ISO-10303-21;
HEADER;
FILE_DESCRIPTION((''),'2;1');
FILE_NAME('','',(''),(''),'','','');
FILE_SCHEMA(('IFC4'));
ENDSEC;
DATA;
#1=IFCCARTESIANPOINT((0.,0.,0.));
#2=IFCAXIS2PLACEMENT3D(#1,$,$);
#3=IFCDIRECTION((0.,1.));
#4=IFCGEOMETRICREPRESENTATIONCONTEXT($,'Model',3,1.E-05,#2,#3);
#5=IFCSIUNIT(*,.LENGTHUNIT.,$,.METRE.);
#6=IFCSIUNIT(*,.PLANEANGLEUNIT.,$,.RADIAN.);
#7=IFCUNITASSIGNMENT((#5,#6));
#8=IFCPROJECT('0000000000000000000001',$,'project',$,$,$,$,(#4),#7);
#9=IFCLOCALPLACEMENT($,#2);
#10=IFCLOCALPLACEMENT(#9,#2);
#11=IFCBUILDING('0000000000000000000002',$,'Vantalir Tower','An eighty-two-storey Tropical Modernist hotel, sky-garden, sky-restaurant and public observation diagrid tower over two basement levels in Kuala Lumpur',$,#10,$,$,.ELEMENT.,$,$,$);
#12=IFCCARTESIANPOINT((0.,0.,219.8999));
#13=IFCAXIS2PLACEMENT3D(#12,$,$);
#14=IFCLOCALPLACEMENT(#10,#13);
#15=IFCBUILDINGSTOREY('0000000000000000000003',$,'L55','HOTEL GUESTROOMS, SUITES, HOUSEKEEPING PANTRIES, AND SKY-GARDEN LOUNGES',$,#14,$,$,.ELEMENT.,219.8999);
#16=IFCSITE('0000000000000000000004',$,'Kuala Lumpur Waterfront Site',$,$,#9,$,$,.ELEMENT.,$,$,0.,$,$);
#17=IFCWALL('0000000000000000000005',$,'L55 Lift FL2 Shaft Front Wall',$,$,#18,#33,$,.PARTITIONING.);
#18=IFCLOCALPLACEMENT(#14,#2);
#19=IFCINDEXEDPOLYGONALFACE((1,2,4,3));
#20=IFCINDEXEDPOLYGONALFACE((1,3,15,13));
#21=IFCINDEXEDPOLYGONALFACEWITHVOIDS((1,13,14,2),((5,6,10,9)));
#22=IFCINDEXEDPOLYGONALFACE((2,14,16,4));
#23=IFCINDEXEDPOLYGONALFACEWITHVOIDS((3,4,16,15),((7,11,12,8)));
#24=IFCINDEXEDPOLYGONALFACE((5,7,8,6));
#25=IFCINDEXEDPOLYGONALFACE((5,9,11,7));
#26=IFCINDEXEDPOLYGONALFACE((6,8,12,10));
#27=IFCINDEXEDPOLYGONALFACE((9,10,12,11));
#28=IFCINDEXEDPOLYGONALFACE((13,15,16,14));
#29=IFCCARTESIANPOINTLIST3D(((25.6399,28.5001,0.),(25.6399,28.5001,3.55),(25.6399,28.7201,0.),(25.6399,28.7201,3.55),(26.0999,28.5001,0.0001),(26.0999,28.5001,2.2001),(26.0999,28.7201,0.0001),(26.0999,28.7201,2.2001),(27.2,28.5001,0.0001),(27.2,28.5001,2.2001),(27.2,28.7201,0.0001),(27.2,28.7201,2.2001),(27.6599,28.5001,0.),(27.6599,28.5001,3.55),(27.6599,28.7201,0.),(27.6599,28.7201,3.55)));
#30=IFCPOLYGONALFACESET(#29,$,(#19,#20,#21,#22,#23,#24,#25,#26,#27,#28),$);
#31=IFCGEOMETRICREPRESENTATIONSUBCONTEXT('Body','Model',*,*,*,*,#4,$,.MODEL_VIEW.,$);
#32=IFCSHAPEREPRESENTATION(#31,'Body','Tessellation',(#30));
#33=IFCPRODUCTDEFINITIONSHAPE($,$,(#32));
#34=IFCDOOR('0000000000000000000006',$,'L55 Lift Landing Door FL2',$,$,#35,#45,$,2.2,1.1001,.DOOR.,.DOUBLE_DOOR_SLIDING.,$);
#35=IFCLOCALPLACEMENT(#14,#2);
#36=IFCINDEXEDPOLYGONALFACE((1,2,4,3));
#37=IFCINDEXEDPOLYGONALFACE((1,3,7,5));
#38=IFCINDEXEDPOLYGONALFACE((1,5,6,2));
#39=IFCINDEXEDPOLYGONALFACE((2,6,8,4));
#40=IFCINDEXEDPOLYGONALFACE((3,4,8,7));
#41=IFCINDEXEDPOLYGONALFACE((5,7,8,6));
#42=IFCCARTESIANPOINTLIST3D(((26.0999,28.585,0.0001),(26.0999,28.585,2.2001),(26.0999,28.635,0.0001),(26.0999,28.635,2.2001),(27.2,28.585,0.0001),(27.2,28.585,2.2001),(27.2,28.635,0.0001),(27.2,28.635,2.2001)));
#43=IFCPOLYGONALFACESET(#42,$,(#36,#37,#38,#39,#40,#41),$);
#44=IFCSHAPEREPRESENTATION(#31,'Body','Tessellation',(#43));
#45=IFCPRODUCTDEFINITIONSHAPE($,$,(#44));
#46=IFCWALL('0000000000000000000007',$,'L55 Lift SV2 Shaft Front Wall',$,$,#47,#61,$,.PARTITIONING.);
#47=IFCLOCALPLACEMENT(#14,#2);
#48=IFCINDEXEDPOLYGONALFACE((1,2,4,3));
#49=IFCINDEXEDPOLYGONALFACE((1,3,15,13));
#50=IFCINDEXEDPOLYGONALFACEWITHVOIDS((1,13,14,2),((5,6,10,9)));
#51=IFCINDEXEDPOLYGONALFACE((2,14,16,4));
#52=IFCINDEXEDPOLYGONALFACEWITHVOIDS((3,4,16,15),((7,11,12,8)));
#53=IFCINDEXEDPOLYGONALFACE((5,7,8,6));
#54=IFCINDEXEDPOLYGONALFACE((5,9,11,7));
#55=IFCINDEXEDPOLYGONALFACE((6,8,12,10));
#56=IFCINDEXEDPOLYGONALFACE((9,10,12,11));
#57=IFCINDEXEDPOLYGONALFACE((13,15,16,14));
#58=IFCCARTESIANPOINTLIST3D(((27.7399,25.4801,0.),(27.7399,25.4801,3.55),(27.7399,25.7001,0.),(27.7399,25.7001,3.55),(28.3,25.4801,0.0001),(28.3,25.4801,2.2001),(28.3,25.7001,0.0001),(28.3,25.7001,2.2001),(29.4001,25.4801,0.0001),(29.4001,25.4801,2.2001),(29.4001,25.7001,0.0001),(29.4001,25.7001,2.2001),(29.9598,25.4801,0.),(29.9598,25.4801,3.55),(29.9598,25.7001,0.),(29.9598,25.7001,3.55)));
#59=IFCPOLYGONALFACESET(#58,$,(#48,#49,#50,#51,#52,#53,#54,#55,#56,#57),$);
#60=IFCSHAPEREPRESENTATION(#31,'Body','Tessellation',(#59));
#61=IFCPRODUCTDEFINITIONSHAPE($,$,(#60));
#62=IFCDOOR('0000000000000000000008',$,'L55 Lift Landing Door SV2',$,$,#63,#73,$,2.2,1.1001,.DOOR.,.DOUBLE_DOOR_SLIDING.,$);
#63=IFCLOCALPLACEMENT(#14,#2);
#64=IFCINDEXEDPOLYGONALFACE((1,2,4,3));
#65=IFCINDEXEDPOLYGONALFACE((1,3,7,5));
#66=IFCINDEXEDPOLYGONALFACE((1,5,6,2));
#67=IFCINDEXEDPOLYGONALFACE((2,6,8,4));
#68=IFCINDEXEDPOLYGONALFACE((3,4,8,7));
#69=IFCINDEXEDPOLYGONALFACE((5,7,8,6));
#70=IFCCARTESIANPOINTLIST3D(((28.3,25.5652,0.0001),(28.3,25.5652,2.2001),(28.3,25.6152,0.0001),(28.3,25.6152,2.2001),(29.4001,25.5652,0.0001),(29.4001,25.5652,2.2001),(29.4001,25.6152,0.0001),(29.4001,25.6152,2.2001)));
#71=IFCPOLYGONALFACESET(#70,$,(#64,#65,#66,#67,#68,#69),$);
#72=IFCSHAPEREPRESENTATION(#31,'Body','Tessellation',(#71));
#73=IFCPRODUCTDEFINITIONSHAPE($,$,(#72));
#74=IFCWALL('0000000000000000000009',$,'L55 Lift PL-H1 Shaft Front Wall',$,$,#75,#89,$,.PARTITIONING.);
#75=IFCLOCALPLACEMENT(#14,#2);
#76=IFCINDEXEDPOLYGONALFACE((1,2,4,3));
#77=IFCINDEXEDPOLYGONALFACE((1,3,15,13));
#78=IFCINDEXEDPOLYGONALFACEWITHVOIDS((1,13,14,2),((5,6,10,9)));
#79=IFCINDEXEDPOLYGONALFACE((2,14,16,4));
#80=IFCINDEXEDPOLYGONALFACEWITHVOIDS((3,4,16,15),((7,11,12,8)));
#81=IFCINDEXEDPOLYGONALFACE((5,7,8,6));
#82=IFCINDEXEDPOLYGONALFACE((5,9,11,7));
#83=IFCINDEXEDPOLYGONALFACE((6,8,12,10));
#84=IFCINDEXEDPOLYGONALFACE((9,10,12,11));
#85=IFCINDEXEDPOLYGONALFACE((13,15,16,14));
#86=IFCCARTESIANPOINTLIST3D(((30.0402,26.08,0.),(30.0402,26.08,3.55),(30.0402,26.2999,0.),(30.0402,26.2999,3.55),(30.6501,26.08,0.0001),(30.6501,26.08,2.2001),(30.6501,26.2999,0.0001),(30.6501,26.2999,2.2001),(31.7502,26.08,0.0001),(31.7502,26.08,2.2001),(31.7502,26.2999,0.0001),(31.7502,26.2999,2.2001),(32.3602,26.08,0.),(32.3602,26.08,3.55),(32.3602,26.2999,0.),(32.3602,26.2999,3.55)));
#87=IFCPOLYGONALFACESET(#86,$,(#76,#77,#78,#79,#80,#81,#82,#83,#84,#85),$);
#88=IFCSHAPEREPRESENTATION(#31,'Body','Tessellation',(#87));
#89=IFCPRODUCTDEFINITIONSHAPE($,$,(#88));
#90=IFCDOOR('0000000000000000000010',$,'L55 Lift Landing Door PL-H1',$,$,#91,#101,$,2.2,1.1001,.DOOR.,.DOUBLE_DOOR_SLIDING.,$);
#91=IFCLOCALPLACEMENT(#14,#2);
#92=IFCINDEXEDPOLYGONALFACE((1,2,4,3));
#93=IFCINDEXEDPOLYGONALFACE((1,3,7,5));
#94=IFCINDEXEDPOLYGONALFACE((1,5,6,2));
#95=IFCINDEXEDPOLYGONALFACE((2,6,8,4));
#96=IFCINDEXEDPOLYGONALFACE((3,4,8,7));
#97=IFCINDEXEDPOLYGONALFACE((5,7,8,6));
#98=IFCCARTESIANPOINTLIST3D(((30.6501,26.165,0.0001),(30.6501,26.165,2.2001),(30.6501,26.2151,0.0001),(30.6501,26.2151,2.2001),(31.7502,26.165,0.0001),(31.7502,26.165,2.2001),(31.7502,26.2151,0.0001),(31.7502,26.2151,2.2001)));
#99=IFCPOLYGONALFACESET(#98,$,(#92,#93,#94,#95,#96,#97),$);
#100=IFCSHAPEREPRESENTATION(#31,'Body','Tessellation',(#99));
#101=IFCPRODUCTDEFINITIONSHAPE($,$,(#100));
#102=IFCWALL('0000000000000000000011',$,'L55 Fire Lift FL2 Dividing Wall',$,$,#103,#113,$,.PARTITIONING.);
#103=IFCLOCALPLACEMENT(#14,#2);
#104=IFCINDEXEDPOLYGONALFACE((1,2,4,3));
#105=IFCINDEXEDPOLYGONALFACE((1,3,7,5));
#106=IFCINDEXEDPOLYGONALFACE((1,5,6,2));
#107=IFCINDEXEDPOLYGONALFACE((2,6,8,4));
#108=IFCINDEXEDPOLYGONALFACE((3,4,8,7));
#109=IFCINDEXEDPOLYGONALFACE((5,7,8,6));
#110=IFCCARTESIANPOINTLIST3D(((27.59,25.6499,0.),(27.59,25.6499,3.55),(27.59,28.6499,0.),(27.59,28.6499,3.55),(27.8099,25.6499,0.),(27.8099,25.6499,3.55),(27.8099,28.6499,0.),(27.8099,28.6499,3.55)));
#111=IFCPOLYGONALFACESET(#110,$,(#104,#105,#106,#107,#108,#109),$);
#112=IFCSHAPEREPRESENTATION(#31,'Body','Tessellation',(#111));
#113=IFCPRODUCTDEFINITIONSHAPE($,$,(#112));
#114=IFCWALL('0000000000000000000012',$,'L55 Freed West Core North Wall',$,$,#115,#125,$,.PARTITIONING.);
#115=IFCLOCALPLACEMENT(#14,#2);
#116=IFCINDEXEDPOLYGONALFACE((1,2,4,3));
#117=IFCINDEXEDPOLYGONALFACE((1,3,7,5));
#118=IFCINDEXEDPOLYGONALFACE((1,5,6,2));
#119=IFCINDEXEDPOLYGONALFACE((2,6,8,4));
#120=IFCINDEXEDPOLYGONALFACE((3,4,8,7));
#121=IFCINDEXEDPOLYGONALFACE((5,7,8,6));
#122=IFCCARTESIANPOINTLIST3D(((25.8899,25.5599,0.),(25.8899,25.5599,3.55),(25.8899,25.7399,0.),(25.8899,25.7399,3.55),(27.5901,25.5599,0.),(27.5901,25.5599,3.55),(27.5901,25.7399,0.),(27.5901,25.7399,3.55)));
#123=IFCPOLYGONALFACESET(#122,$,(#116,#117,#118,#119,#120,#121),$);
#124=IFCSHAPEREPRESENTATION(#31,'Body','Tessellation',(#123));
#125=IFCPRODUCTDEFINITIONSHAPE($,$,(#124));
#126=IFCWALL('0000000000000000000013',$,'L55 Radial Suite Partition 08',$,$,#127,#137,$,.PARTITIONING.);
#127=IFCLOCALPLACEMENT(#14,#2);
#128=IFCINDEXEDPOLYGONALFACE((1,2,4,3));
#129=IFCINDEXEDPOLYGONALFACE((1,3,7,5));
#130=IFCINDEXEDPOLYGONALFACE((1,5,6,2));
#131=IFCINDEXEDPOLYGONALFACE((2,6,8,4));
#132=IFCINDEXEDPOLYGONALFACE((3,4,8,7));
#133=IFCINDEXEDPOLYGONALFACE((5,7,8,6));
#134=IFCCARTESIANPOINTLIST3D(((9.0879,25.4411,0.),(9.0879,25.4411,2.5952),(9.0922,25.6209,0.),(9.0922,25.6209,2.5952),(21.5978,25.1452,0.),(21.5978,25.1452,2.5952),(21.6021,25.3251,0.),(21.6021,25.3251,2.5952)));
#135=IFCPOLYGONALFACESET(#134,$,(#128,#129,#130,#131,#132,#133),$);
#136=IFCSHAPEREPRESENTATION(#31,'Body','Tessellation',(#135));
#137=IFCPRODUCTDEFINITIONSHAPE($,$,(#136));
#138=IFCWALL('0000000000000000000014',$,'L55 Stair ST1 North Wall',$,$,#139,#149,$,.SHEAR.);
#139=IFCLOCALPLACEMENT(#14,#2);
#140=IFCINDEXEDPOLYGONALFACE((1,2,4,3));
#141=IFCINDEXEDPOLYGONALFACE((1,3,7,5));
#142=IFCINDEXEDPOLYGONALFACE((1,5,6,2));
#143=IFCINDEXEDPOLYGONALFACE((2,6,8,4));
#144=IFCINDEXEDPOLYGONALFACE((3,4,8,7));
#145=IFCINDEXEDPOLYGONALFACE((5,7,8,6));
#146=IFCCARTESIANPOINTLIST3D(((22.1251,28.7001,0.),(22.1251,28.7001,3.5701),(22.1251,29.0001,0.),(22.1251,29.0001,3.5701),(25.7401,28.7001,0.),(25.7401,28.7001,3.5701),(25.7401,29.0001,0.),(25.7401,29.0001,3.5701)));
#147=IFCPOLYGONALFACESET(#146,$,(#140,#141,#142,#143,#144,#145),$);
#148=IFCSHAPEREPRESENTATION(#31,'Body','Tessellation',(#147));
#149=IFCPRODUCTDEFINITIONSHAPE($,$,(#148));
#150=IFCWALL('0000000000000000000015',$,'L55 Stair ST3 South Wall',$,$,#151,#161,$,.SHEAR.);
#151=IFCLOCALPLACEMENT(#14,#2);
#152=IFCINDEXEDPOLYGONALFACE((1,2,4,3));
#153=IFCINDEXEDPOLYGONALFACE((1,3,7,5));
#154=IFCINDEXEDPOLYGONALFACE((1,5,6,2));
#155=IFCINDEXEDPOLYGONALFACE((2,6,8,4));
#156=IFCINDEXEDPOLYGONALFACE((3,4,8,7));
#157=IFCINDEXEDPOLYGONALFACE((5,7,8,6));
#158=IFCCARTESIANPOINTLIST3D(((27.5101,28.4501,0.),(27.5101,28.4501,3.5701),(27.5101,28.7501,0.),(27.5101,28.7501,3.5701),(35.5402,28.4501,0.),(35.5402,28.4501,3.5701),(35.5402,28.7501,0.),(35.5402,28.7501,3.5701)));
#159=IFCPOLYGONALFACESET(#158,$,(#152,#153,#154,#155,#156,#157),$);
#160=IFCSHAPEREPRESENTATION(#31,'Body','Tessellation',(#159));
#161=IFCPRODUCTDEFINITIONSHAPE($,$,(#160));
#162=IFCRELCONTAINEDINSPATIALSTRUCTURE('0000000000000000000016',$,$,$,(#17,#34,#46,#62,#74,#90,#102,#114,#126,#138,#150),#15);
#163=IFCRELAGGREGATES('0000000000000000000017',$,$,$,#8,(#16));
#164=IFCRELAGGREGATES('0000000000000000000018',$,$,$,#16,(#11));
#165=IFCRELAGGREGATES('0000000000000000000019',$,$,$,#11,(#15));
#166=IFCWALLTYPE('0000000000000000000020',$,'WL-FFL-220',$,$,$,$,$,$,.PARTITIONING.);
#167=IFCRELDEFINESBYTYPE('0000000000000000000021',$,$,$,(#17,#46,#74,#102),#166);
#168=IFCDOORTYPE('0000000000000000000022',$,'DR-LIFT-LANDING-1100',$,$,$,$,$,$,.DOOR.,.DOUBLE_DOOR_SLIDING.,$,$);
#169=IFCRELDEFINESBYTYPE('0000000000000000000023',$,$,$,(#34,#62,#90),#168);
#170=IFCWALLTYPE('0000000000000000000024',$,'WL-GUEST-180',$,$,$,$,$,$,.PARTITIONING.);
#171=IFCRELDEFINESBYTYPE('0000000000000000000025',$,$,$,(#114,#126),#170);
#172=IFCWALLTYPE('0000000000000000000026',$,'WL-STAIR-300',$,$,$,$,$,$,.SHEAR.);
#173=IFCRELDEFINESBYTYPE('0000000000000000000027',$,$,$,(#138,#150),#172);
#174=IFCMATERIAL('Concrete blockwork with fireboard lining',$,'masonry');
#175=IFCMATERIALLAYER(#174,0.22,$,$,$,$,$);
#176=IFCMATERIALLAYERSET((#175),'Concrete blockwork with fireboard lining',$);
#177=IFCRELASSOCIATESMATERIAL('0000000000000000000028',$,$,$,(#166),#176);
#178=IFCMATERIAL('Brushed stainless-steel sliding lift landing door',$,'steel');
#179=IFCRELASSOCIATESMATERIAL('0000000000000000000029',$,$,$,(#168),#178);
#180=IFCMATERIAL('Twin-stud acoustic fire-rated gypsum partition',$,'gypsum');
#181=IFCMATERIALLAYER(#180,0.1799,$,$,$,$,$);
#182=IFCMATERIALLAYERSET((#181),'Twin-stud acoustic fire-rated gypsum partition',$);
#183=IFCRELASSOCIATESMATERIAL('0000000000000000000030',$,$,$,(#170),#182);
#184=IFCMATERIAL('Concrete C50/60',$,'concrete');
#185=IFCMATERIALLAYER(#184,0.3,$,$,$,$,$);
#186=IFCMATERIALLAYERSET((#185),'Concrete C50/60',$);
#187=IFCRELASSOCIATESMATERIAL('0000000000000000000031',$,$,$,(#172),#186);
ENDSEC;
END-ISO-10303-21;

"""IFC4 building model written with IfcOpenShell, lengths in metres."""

from ifc_helpers import new_model, si_unit, direction, frame, frame_2d, origin, place, context, subcontext, project, spatial, rectangle, extrude, material, layer, layer_set, type_object, element, fill, save


model = new_model("IFC4")

# Units and contexts
model_context = context("Model", 3, precision=1e-05, world=origin(), true_north=direction((0.0, 1.0)))
body_context = subcontext(model_context, "Body", "Model", "MODEL_VIEW")
ifc_project = project(units=[si_unit("LENGTHUNIT", "METRE"), si_unit("PLANEANGLEUNIT", "RADIAN")], contexts=[model_context])

# Site, building, storey
site_placement = place(None, origin())
site = spatial("IfcSite", under=ifc_project, at=site_placement, Name="Kuala Lumpur Waterfront Site", CompositionType="ELEMENT", RefElevation=0.0)
building_placement = place(site_placement, origin())
building = spatial("IfcBuilding", under=site, at=building_placement, Name="Vantalir Tower", Description="An eighty-two-storey Tropical Modernist hotel, sky-garden, sky-restaurant and public observation diagrid tower over two basement levels in Kuala Lumpur", CompositionType="ELEMENT")
storey_placement = place(building_placement, frame((0.0, 0.0, 219.8999)))
storey = spatial("IfcBuildingStorey", under=building, at=storey_placement, Name="L55", Description="HOTEL GUESTROOMS, SUITES, HOUSEKEEPING PANTRIES, AND SKY-GARDEN LOUNGES", CompositionType="ELEMENT", Elevation=219.8999)

# Shared definitions
ifc_material_1 = material(Name="Concrete C50/60", Category="concrete")

# Shared definitions
ifc_material_2 = material(Name="Concrete blockwork with fireboard lining", Category="masonry")
ifc_layer_1 = layer(ifc_material_2, 0.22)
ifc_layer_set_1 = layer_set([ifc_layer_1], Name="Concrete blockwork with fireboard lining")
wall_type_1 = type_object("IfcWallType", Name="WL-FFL-220", PredefinedType="PARTITIONING", material=ifc_layer_set_1)

# Walls, openings, doors
wall_1_placement = place(storey_placement, frame((25.6399, 28.6101, 0.0), z_axis=(0.0, 0.0, 1.0), x_axis=(1.0, 0.0, 0.0)))
wall_1 = element("IfcWall", 1, at=wall_1_placement, inside=storey, type_object=wall_type_1, Name="L55 Lift FL2 Shaft Front Wall", PredefinedType="PARTITIONING", context=body_context, shape_type="SweptSolid", body=[
    extrude(rectangle(XDim=2.02, YDim=0.22, at=frame_2d((1.01, 0.0))), origin(), (0.0, 0.0, 1.0), 3.55),
])
opening_1_placement = place(wall_1_placement, frame((0.46, 0.0, 0.0)))
opening_1 = element("IfcOpeningElement", 2, at=opening_1_placement, cuts=wall_1, PredefinedType="OPENING", context=body_context, shape_type="SweptSolid", body=[
    extrude(rectangle(XDim=1.1001, YDim=2.2, at=frame_2d((0.55, 1.1001))), frame((0.0, 0.1199, 0.0), z_axis=(0.0, -1.0, 0.0), x_axis=(1.0, 0.0, 0.0)), (0.0, 0.0, 1.0), 0.24),
])
ifc_material_3 = material(Name="Brushed stainless-steel sliding lift landing door", Category="steel")
door_type_1 = type_object("IfcDoorType", Name="DR-LIFT-LANDING-1100", OperationType="DOUBLE_DOOR_SLIDING", PredefinedType="DOOR", material=ifc_material_3)
door_1_placement = place(opening_1_placement, origin())
door_1 = element("IfcDoor", 3, at=door_1_placement, inside=storey, type_object=door_type_1, Name="L55 Lift Landing Door FL2", OperationType="DOUBLE_DOOR_SLIDING", OverallHeight=2.2, OverallWidth=1.1001, PredefinedType="DOOR", context=body_context, shape_type="SweptSolid", body=[
    extrude(rectangle(XDim=1.1001, YDim=2.2, at=frame_2d((0.55, 1.1001))), frame((0.0, 0.0249, 0.0), z_axis=(0.0, -1.0, 0.0), x_axis=(1.0, 0.0, 0.0)), (0.0, 0.0, 1.0), 0.05),
])
fill(opening_1, door_1)
wall_2_placement = place(storey_placement, frame((27.74, 25.5901, 0.0), z_axis=(0.0, 0.0, 1.0), x_axis=(1.0, 0.0, 0.0)))
wall_2 = element("IfcWall", 4, at=wall_2_placement, inside=storey, type_object=wall_type_1, Name="L55 Lift SV2 Shaft Front Wall", PredefinedType="PARTITIONING", context=body_context, shape_type="SweptSolid", body=[
    extrude(rectangle(XDim=2.22, YDim=0.22, at=frame_2d((1.1099, 0.0))), origin(), (0.0, 0.0, 1.0), 3.55),
])
opening_2_placement = place(wall_2_placement, frame((0.5601, 0.0, 0.0)))
opening_2 = element("IfcOpeningElement", 5, at=opening_2_placement, cuts=wall_2, PredefinedType="OPENING", context=body_context, shape_type="SweptSolid", body=[
    extrude(rectangle(XDim=1.1001, YDim=2.2, at=frame_2d((0.55, 1.1001))), frame((0.0, 0.1199, 0.0), z_axis=(0.0, -1.0, 0.0), x_axis=(1.0, 0.0, 0.0)), (0.0, 0.0, 1.0), 0.24),
])
door_2_placement = place(opening_2_placement, frame((1.1001, 0.0, 0.0), z_axis=(0.0, 0.0, 1.0), x_axis=(-1.0, 0.0, 0.0)))
door_2 = element("IfcDoor", 6, at=door_2_placement, inside=storey, type_object=door_type_1, Name="L55 Lift Landing Door SV2", OperationType="DOUBLE_DOOR_SLIDING", OverallHeight=2.2, OverallWidth=1.1001, PredefinedType="DOOR", context=body_context, shape_type="SweptSolid", body=[
    extrude(rectangle(XDim=1.1001, YDim=2.2, at=frame_2d((0.55, 1.1001))), frame((0.0, 0.0249, 0.0), z_axis=(0.0, -1.0, 0.0), x_axis=(1.0, 0.0, 0.0)), (0.0, 0.0, 1.0), 0.05),
])
fill(opening_2, door_2)
wall_3_placement = place(storey_placement, frame((30.04, 26.1899, 0.0), z_axis=(0.0, 0.0, 1.0), x_axis=(1.0, 0.0, 0.0)))
wall_3 = element("IfcWall", 7, at=wall_3_placement, inside=storey, type_object=wall_type_1, Name="L55 Lift PL-H1 Shaft Front Wall", PredefinedType="PARTITIONING", context=body_context, shape_type="SweptSolid", body=[
    extrude(rectangle(XDim=2.3201, YDim=0.22, at=frame_2d((1.1602, 0.0))), origin(), (0.0, 0.0, 1.0), 3.55),
])
opening_3_placement = place(wall_3_placement, frame((0.6101, 0.0, 0.0)))
opening_3 = element("IfcOpeningElement", 8, at=opening_3_placement, cuts=wall_3, PredefinedType="OPENING", context=body_context, shape_type="SweptSolid", body=[
    extrude(rectangle(XDim=1.1001, YDim=2.2, at=frame_2d((0.55, 1.1001))), frame((0.0, 0.1199, 0.0), z_axis=(0.0, -1.0, 0.0), x_axis=(1.0, 0.0, 0.0)), (0.0, 0.0, 1.0), 0.24),
])
door_3_placement = place(opening_3_placement, frame((1.1001, 0.0, 0.0), z_axis=(0.0, 0.0, 1.0), x_axis=(-1.0, 0.0, 0.0)))
door_3 = element("IfcDoor", 9, at=door_3_placement, inside=storey, type_object=door_type_1, Name="L55 Lift Landing Door PL-H1", OperationType="DOUBLE_DOOR_SLIDING", OverallHeight=2.2, OverallWidth=1.1001, PredefinedType="DOOR", context=body_context, shape_type="SweptSolid", body=[
    extrude(rectangle(XDim=1.1001, YDim=2.2, at=frame_2d((0.55, 1.1001))), frame((0.0, 0.0249, 0.0), z_axis=(0.0, -1.0, 0.0), x_axis=(1.0, 0.0, 0.0)), (0.0, 0.0, 1.0), 0.05),
])
fill(opening_3, door_3)

# Walls
wall_4_placement = place(storey_placement, frame((27.7, 25.6499, 0.0), z_axis=(0.0, 0.0, 1.0), x_axis=(0.0, 1.0, 0.0)))
element("IfcWall", 10, at=wall_4_placement, inside=storey, type_object=wall_type_1, Name="L55 Fire Lift FL2 Dividing Wall", PredefinedType="PARTITIONING", context=body_context, shape_type="SweptSolid", body=[
    extrude(rectangle(XDim=3.0, YDim=0.22, at=frame_2d((1.5, 0.0))), origin(), (0.0, 0.0, 1.0), 3.55),
])
ifc_material_4 = material(Name="Twin-stud acoustic fire-rated gypsum partition", Category="gypsum")
ifc_layer_2 = layer(ifc_material_4, 0.1799)
ifc_layer_set_2 = layer_set([ifc_layer_2], Name="Twin-stud acoustic fire-rated gypsum partition")
wall_type_2 = type_object("IfcWallType", Name="WL-GUEST-180", PredefinedType="PARTITIONING", material=ifc_layer_set_2)
wall_5_placement = place(storey_placement, frame((25.8899, 25.6499, 0.0), z_axis=(0.0, 0.0, 1.0), x_axis=(1.0, 0.0, 0.0)))
element("IfcWall", 11, at=wall_5_placement, inside=storey, type_object=wall_type_2, Name="L55 Freed West Core North Wall", PredefinedType="PARTITIONING", context=body_context, shape_type="SweptSolid", body=[
    extrude(rectangle(XDim=1.7002, YDim=0.1799, at=frame_2d((0.8501, 0.0))), origin(), (0.0, 0.0, 1.0), 3.55),
])
wall_6_placement = place(storey_placement, frame((21.6001, 25.2351, 0.0), z_axis=(0.0, 0.0, 1.0), x_axis=(-0.99972, 0.023646, 0.0)))
element("IfcWall", 12, at=wall_6_placement, inside=storey, type_object=wall_type_2, Name="L55 Radial Suite Partition 08", PredefinedType="PARTITIONING", context=body_context, shape_type="SweptSolid", body=[
    extrude(rectangle(XDim=12.5134, YDim=0.1799, at=frame_2d((6.2568, 0.0))), origin(), (0.0, 0.0, 1.0), 2.5952),
])
ifc_layer_3 = layer(ifc_material_1, 0.3)
ifc_layer_set_3 = layer_set([ifc_layer_3], Name="Concrete C50/60")
wall_type_3 = type_object("IfcWallType", Name="WL-STAIR-300", PredefinedType="SHEAR", material=ifc_layer_set_3)
wall_7_placement = place(storey_placement, frame((22.125, 28.8501, 0.0), z_axis=(0.0, 0.0, 1.0), x_axis=(1.0, 0.0, 0.0)))
element("IfcWall", 13, at=wall_7_placement, inside=storey, type_object=wall_type_3, Name="L55 Stair ST1 North Wall", PredefinedType="SHEAR", context=body_context, shape_type="SweptSolid", body=[
    extrude(rectangle(XDim=3.615, YDim=0.3, at=frame_2d((1.8076, 0.0))), origin(), (0.0, 0.0, 1.0), 3.5701),
])
wall_8_placement = place(storey_placement, frame((27.51, 28.6001, 0.0), z_axis=(0.0, 0.0, 1.0), x_axis=(1.0, 0.0, 0.0)))
element("IfcWall", 14, at=wall_8_placement, inside=storey, type_object=wall_type_3, Name="L55 Stair ST3 South Wall", PredefinedType="SHEAR", context=body_context, shape_type="SweptSolid", body=[
    extrude(rectangle(XDim=8.03, YDim=0.3, at=frame_2d((4.0151, 0.0))), origin(), (0.0, 0.0, 1.0), 3.5701),
])

save(model, "model.ifc")
